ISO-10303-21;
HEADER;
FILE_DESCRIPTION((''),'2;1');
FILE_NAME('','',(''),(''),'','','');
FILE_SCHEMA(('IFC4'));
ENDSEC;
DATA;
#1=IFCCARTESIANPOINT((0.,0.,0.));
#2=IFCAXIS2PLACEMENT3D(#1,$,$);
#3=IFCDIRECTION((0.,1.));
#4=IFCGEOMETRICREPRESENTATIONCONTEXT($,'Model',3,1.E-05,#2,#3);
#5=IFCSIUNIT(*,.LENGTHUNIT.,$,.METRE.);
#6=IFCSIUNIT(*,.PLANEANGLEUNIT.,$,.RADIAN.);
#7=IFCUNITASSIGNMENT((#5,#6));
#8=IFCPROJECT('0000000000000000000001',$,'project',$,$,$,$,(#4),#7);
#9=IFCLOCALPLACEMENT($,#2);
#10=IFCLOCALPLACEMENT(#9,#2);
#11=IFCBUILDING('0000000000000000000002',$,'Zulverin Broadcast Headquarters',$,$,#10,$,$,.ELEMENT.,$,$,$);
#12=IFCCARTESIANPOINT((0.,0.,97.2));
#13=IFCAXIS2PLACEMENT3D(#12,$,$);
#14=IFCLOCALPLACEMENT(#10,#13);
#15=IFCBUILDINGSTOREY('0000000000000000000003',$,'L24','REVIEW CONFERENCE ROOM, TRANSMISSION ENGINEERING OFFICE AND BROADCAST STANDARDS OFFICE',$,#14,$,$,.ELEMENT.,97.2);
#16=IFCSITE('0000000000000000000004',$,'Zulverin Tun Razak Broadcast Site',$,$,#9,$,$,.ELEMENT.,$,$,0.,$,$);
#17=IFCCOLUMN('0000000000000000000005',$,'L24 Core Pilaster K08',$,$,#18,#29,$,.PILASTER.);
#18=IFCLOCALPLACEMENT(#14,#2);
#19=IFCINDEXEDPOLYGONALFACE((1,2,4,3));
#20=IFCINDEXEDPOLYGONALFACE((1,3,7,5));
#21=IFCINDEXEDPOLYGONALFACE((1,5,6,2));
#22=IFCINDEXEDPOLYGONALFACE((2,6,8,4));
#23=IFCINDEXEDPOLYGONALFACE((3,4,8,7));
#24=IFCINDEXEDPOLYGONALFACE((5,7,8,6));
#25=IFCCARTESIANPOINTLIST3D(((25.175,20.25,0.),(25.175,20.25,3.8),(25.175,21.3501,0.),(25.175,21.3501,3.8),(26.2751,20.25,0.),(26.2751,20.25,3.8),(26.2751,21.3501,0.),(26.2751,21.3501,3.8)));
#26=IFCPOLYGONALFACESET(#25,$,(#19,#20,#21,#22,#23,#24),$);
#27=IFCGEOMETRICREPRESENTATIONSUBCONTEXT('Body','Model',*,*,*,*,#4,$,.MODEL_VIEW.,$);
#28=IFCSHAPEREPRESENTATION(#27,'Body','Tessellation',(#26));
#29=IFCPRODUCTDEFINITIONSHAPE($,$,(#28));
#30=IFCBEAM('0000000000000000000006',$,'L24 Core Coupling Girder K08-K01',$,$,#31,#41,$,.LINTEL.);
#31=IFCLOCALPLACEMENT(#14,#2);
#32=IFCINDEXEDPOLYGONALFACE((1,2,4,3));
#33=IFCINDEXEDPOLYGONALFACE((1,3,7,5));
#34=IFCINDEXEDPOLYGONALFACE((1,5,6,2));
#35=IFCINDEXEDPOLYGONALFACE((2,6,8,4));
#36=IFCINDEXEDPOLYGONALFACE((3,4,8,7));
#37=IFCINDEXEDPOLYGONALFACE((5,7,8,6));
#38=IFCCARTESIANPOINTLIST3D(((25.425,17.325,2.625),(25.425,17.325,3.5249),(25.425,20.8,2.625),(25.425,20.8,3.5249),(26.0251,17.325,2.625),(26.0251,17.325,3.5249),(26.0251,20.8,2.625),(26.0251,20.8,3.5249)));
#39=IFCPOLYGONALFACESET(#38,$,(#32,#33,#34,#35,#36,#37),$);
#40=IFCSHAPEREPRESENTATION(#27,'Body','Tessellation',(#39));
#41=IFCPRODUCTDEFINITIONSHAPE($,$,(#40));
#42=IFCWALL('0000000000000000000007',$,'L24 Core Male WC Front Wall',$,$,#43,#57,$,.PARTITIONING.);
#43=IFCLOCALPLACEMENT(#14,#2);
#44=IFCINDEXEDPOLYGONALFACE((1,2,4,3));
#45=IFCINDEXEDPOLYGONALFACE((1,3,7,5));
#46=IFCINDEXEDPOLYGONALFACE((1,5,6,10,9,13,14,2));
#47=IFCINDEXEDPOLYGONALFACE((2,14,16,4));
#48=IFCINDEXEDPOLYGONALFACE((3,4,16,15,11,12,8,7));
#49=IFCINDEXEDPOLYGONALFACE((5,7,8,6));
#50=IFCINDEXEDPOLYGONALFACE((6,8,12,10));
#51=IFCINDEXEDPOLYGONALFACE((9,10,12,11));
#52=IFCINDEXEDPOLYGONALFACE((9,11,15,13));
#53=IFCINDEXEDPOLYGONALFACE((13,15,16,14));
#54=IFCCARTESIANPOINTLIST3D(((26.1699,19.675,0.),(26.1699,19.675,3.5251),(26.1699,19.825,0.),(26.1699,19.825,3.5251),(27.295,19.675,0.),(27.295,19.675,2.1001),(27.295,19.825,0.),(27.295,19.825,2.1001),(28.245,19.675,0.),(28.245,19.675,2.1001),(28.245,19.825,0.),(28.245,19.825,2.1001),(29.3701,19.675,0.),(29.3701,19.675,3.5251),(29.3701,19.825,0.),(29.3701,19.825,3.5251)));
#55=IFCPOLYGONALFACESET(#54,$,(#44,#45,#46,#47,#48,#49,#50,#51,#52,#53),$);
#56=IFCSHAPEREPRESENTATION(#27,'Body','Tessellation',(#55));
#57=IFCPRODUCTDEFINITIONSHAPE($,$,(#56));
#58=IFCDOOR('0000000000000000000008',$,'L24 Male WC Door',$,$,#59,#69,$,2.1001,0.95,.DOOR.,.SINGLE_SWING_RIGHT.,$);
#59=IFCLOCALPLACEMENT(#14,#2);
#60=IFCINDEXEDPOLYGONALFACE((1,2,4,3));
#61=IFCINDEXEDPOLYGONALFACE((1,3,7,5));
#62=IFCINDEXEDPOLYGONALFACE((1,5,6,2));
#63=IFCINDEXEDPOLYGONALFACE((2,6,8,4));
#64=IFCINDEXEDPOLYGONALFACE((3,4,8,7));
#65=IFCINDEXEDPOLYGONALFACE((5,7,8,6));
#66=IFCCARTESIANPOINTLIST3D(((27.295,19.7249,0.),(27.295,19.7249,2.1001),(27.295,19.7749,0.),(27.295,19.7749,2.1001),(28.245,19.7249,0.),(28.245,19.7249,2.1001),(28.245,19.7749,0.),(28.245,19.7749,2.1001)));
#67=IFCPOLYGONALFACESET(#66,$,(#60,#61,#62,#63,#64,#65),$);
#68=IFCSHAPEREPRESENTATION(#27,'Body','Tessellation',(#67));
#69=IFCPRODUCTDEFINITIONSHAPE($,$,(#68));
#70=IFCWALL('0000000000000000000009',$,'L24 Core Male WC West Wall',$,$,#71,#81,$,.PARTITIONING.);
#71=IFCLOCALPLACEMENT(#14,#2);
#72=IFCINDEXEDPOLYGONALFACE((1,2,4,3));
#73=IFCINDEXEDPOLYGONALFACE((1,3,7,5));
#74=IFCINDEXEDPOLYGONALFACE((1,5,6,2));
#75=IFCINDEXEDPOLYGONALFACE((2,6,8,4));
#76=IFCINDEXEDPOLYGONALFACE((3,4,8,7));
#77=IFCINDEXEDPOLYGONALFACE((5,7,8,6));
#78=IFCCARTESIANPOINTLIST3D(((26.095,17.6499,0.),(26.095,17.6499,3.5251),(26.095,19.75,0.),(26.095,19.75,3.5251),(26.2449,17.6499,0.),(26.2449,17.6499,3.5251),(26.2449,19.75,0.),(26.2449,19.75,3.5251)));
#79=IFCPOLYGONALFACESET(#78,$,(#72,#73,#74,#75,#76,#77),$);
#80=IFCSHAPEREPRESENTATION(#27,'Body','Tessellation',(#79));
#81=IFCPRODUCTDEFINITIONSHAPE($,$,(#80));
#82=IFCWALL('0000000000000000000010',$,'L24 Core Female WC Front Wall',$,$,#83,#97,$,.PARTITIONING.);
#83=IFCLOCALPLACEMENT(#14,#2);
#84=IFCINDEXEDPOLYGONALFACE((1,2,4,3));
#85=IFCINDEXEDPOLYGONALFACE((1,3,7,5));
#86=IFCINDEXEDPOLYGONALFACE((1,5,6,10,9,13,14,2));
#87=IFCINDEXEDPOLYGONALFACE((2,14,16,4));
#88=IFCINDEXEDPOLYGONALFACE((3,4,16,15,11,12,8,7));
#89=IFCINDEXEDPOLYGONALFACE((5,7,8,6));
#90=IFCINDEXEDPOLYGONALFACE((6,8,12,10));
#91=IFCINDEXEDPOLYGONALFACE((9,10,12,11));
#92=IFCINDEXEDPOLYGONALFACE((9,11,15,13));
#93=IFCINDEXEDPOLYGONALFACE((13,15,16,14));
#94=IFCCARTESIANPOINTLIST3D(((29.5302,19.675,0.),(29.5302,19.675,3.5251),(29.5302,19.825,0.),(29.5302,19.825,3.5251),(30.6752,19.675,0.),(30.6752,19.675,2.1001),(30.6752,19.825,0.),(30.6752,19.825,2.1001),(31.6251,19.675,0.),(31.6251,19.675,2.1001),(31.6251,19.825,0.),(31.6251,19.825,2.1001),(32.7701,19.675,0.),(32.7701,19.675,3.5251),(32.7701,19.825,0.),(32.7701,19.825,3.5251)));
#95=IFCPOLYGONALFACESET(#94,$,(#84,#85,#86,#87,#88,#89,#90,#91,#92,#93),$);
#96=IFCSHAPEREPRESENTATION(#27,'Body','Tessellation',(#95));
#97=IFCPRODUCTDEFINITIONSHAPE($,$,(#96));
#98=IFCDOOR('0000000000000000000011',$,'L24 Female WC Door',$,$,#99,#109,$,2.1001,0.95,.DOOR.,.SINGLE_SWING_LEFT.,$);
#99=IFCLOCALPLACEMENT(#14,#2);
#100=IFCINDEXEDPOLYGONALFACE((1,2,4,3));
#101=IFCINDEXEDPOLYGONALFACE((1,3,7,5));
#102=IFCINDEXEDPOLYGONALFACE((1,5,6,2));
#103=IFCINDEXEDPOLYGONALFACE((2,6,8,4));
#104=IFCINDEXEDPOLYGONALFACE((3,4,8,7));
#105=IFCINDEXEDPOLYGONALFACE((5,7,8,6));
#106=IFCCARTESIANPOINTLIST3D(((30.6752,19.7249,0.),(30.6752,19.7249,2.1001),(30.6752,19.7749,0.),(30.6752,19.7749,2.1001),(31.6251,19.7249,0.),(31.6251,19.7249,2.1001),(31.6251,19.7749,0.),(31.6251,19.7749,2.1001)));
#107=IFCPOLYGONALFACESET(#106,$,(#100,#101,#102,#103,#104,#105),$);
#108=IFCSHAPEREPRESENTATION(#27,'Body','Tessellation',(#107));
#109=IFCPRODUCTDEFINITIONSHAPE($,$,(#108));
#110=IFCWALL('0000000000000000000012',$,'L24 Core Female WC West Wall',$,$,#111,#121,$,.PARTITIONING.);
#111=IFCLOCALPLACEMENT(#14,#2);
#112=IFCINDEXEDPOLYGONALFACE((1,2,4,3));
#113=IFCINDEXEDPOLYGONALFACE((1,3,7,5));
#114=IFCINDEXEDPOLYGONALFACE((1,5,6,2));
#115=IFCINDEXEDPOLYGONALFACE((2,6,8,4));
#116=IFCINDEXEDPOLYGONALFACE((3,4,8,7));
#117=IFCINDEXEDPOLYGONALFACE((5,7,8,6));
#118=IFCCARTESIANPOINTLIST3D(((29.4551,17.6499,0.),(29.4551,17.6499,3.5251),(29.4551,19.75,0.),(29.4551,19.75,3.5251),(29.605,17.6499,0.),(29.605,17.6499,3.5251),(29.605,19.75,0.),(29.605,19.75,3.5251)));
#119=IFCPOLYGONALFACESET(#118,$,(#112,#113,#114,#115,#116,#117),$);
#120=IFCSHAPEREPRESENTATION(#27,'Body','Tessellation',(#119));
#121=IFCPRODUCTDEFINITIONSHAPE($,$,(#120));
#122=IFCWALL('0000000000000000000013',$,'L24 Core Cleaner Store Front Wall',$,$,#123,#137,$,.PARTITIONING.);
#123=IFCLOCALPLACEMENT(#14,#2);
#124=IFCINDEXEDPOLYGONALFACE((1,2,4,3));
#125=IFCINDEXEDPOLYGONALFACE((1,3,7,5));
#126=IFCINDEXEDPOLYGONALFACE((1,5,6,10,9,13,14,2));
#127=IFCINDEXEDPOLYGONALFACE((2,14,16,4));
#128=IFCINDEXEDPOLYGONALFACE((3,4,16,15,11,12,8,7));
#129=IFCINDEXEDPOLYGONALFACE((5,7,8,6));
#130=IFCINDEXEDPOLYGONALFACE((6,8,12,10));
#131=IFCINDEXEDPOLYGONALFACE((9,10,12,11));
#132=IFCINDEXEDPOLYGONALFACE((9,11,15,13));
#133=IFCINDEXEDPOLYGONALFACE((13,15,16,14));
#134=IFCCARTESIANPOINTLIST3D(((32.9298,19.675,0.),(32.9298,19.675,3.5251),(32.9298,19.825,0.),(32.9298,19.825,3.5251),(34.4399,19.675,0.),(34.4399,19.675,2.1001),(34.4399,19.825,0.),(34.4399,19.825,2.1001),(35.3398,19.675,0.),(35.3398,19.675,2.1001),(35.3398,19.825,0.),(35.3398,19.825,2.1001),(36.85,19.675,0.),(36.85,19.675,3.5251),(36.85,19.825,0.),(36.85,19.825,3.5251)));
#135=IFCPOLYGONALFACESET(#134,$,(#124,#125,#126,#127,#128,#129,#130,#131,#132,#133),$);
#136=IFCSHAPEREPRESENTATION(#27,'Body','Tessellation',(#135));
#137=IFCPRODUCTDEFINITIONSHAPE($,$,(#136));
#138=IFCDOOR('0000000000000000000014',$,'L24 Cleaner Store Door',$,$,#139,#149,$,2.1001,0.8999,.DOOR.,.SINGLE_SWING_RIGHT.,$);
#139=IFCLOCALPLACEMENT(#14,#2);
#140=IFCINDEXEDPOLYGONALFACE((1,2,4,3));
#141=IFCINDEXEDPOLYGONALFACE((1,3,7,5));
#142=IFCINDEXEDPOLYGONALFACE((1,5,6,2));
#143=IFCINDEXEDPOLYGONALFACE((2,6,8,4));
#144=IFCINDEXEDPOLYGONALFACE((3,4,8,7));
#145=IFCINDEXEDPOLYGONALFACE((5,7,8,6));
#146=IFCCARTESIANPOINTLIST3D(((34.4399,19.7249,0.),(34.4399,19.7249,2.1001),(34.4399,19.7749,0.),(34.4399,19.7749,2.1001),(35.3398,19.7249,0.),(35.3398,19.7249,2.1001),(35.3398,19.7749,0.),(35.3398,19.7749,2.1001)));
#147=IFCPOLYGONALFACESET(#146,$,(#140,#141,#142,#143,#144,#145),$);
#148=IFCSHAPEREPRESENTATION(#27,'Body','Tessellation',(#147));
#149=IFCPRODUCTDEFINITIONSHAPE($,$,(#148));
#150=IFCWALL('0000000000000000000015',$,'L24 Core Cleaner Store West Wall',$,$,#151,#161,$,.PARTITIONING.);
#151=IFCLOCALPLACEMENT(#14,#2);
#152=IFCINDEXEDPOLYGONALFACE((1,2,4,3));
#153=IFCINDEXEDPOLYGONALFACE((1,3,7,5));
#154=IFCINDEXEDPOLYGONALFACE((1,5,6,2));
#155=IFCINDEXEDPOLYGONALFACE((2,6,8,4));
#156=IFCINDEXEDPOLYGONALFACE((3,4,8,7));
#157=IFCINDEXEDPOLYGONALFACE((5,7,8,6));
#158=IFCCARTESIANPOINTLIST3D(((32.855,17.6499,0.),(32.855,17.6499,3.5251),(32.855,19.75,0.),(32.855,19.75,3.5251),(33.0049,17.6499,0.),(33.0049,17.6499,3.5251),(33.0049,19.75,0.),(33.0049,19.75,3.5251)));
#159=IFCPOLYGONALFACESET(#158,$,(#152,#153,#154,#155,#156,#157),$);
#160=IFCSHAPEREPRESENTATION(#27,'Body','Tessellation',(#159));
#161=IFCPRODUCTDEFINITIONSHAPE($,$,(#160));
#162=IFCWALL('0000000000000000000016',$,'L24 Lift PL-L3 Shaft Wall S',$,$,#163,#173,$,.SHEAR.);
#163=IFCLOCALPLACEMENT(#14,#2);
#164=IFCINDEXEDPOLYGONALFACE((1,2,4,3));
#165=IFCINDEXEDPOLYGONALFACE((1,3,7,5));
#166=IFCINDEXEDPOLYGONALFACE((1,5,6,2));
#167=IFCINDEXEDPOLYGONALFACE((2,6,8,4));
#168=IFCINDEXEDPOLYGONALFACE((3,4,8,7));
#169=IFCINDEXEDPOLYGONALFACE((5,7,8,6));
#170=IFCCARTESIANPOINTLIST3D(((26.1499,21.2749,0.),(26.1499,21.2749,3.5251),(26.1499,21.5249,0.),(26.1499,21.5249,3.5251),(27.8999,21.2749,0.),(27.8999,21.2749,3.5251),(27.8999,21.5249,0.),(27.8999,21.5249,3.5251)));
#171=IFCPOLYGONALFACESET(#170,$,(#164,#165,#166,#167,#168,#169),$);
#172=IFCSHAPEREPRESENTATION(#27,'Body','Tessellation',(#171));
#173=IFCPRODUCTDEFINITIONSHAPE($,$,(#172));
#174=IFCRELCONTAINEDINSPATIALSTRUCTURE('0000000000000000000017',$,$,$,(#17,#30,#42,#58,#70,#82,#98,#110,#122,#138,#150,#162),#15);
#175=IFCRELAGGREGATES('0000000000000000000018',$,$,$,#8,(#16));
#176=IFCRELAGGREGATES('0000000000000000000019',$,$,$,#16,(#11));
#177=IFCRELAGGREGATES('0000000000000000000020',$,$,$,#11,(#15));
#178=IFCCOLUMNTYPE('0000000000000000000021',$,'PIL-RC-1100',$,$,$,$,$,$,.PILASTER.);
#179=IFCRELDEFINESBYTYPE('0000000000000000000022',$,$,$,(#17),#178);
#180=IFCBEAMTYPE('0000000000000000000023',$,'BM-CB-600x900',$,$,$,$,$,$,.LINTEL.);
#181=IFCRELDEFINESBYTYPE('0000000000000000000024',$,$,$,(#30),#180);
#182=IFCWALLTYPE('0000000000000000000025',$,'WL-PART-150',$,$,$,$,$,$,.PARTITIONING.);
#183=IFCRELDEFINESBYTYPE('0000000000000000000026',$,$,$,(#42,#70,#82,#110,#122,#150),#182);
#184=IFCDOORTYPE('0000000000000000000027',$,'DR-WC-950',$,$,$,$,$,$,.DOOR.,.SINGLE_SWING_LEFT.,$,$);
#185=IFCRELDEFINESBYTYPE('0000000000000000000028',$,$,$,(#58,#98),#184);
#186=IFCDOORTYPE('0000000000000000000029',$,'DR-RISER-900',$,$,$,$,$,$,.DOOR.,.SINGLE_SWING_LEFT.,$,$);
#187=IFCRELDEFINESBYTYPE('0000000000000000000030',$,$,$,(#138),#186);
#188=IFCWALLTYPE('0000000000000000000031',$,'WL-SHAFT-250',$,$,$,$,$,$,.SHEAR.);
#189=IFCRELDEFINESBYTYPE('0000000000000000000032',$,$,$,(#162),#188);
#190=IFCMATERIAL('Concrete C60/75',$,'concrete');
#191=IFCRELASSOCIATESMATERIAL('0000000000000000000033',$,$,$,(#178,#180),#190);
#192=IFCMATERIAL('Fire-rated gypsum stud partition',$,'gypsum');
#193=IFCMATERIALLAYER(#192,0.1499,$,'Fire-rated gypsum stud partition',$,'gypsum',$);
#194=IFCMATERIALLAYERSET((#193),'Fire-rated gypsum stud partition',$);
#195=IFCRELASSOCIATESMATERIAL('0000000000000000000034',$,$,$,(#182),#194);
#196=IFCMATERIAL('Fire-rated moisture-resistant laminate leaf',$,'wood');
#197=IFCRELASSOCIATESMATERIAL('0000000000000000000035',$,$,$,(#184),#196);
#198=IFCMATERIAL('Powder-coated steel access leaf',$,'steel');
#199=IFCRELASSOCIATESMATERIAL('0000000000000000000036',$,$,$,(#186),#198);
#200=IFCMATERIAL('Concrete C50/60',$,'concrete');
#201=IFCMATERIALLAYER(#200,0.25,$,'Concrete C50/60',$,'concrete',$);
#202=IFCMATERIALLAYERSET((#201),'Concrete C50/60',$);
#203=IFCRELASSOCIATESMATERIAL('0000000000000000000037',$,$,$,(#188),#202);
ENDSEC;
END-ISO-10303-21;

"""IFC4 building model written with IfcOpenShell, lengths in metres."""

from ifc_helpers import new_model, si_unit, direction, frame, frame_2d, origin, origin_2d, place, context, subcontext, project, spatial, rectangle, extrude, material, layer, layer_set, material_profile, profile_set, type_object, element, fill, save


model = new_model("IFC4")

# Units and contexts
model_context = context("Model", 3, precision=1e-05, world=origin(), true_north=direction((0.0, 1.0)))
body_context = subcontext(model_context, "Body", "Model", "MODEL_VIEW")
ifc_project = project(units=[si_unit("LENGTHUNIT", "METRE"), si_unit("PLANEANGLEUNIT", "RADIAN")], contexts=[model_context])

# Site, building, storey
site_placement = place(None, origin())
site = spatial("IfcSite", under=ifc_project, at=site_placement, Name="Zulverin Tun Razak Broadcast Site", CompositionType="ELEMENT", RefElevation=0.0)
building_placement = place(site_placement, origin())
building = spatial("IfcBuilding", under=site, at=building_placement, Name="Zulverin Broadcast Headquarters", CompositionType="ELEMENT")
storey_placement = place(building_placement, frame((0.0, 0.0, 97.2)))
storey = spatial("IfcBuildingStorey", under=building, at=storey_placement, Name="L24", Description="REVIEW CONFERENCE ROOM, TRANSMISSION ENGINEERING OFFICE AND BROADCAST STANDARDS OFFICE", CompositionType="ELEMENT", Elevation=97.2)

# Column
ifc_material_1 = material(Name="Concrete C60/75", Category="concrete")
ifc_material_profile_1 = material_profile(ifc_material_1, rectangle(XDim=1.1001, YDim=1.1001, at=origin_2d()), Name="Concrete C60/75", Category="concrete")
ifc_profile_set_1 = profile_set([ifc_material_profile_1], Name="Concrete C60/75")
column_type = type_object("IfcColumnType", Name="PIL-RC-1100", PredefinedType="PILASTER", material=ifc_profile_set_1)
column_placement = place(storey_placement, frame((25.7251, 20.8, 0.0), z_axis=(0.0, 0.0, 1.0), x_axis=(1.0, 0.0, 0.0)))
element("IfcColumn", 1, at=column_placement, inside=storey, type_object=column_type, Name="L24 Core Pilaster K08", PredefinedType="PILASTER", context=body_context, shape_type="SweptSolid", body=[
    extrude(rectangle(XDim=1.1001, YDim=1.1001, at=origin_2d()), origin(), (0.0, 0.0, 1.0), 3.8),
])

# Beam
ifc_material_profile_2 = material_profile(ifc_material_1, rectangle(XDim=0.6001, YDim=0.8999, at=origin_2d()), Name="Concrete C60/75", Category="concrete")
ifc_profile_set_2 = profile_set([ifc_material_profile_2], Name="Concrete C60/75")
beam_type = type_object("IfcBeamType", Name="BM-CB-600x900", PredefinedType="LINTEL", material=ifc_profile_set_2)
beam_placement = place(storey_placement, frame((25.7251, 20.8, 3.075), z_axis=(0.0, -1.0, 0.0), x_axis=(1.0, 0.0, 0.0)))
element("IfcBeam", 2, at=beam_placement, inside=storey, type_object=beam_type, Name="L24 Core Coupling Girder K08-K01", PredefinedType="LINTEL", context=body_context, shape_type="SweptSolid", body=[
    extrude(rectangle(XDim=0.6001, YDim=0.8999, at=origin_2d()), origin(), (0.0, 0.0, 1.0), 3.4751),
])

# Wall, opening, door
ifc_material_2 = material(Name="Fire-rated gypsum stud partition", Category="gypsum")
ifc_layer_1 = layer(ifc_material_2, 0.1499, Name="Fire-rated gypsum stud partition", Category="gypsum")
ifc_layer_set_1 = layer_set([ifc_layer_1], Name="Fire-rated gypsum stud partition")
wall_type_1 = type_object("IfcWallType", Name="WL-PART-150", PredefinedType="PARTITIONING", material=ifc_layer_set_1)
wall_1_placement = place(storey_placement, frame((26.1699, 19.75, 0.0), z_axis=(0.0, 0.0, 1.0), x_axis=(1.0, 0.0, 0.0)))
wall_1 = element("IfcWall", 3, at=wall_1_placement, inside=storey, type_object=wall_type_1, Name="L24 Core Male WC Front Wall", PredefinedType="PARTITIONING", context=body_context, shape_type="SweptSolid", body=[
    extrude(rectangle(XDim=3.2002, YDim=0.1499, at=frame_2d((1.6001, 0.0))), origin(), (0.0, 0.0, 1.0), 3.5251),
])
opening_1_placement = place(wall_1_placement, frame((1.125, 0.0, 0.0)))
opening_1 = element("IfcOpeningElement", 4, at=opening_1_placement, cuts=wall_1, PredefinedType="OPENING", context=body_context, shape_type="SweptSolid", body=[
    extrude(rectangle(XDim=0.95, YDim=2.1001, at=frame_2d((0.4751, 1.05))), frame((0.0, 0.085, 0.0), z_axis=(0.0, -1.0, 0.0), x_axis=(1.0, 0.0, 0.0)), (0.0, 0.0, 1.0), 0.1699),
])
ifc_material_3 = material(Name="Fire-rated moisture-resistant laminate leaf", Category="wood")
door_type_1 = type_object("IfcDoorType", Name="DR-WC-950", OperationType="SINGLE_SWING_LEFT", PredefinedType="DOOR", material=ifc_material_3)
door_1_placement = place(opening_1_placement, origin())
door_1 = element("IfcDoor", 5, at=door_1_placement, inside=storey, type_object=door_type_1, Name="L24 Male WC Door", OperationType="SINGLE_SWING_RIGHT", OverallHeight=2.1001, OverallWidth=0.95, PredefinedType="DOOR", context=body_context, shape_type="SweptSolid", body=[
    extrude(rectangle(XDim=0.95, YDim=2.1001, at=frame_2d((0.4751, 1.05))), frame((0.0, 0.0249, 0.0), z_axis=(0.0, -1.0, 0.0), x_axis=(1.0, 0.0, 0.0)), (0.0, 0.0, 1.0), 0.05),
])
fill(opening_1, door_1)

# Wall
wall_2_placement = place(storey_placement, frame((26.1699, 17.6499, 0.0), z_axis=(0.0, 0.0, 1.0), x_axis=(0.0, 1.0, 0.0)))
element("IfcWall", 6, at=wall_2_placement, inside=storey, type_object=wall_type_1, Name="L24 Core Male WC West Wall", PredefinedType="PARTITIONING", context=body_context, shape_type="SweptSolid", body=[
    extrude(rectangle(XDim=2.1001, YDim=0.1499, at=frame_2d((1.05, 0.0))), origin(), (0.0, 0.0, 1.0), 3.5251),
])

# Wall, opening, door
wall_3_placement = place(storey_placement, frame((29.53, 19.75, 0.0), z_axis=(0.0, 0.0, 1.0), x_axis=(1.0, 0.0, 0.0)))
wall_3 = element("IfcWall", 7, at=wall_3_placement, inside=storey, type_object=wall_type_1, Name="L24 Core Female WC Front Wall", PredefinedType="PARTITIONING", context=body_context, shape_type="SweptSolid", body=[
    extrude(rectangle(XDim=3.24, YDim=0.1499, at=frame_2d((1.6201, 0.0))), origin(), (0.0, 0.0, 1.0), 3.5251),
])
opening_2_placement = place(wall_3_placement, frame((1.145, 0.0, 0.0)))
opening_2 = element("IfcOpeningElement", 8, at=opening_2_placement, cuts=wall_3, PredefinedType="OPENING", context=body_context, shape_type="SweptSolid", body=[
    extrude(rectangle(XDim=0.95, YDim=2.1001, at=frame_2d((0.4751, 1.05))), frame((0.0, 0.085, 0.0), z_axis=(0.0, -1.0, 0.0), x_axis=(1.0, 0.0, 0.0)), (0.0, 0.0, 1.0), 0.1699),
])
door_2_placement = place(opening_2_placement, origin())
door_2 = element("IfcDoor", 9, at=door_2_placement, inside=storey, type_object=door_type_1, Name="L24 Female WC Door", OperationType="SINGLE_SWING_LEFT", OverallHeight=2.1001, OverallWidth=0.95, PredefinedType="DOOR", context=body_context, shape_type="SweptSolid", body=[
    extrude(rectangle(XDim=0.95, YDim=2.1001, at=frame_2d((0.4751, 1.05))), frame((0.0, 0.0249, 0.0), z_axis=(0.0, -1.0, 0.0), x_axis=(1.0, 0.0, 0.0)), (0.0, 0.0, 1.0), 0.05),
])
fill(opening_2, door_2)

# Wall
wall_4_placement = place(storey_placement, frame((29.53, 17.6499, 0.0), z_axis=(0.0, 0.0, 1.0), x_axis=(0.0, 1.0, 0.0)))
element("IfcWall", 10, at=wall_4_placement, inside=storey, type_object=wall_type_1, Name="L24 Core Female WC West Wall", PredefinedType="PARTITIONING", context=body_context, shape_type="SweptSolid", body=[
    extrude(rectangle(XDim=2.1001, YDim=0.1499, at=frame_2d((1.05, 0.0))), origin(), (0.0, 0.0, 1.0), 3.5251),
])

# Wall, opening, door
wall_5_placement = place(storey_placement, frame((32.9299, 19.75, 0.0), z_axis=(0.0, 0.0, 1.0), x_axis=(1.0, 0.0, 0.0)))
wall_5 = element("IfcWall", 11, at=wall_5_placement, inside=storey, type_object=wall_type_1, Name="L24 Core Cleaner Store Front Wall", PredefinedType="PARTITIONING", context=body_context, shape_type="SweptSolid", body=[
    extrude(rectangle(XDim=3.9202, YDim=0.1499, at=frame_2d((1.96, 0.0))), origin(), (0.0, 0.0, 1.0), 3.5251),
])
opening_3_placement = place(wall_5_placement, frame((1.51, 0.0, 0.0)))
opening_3 = element("IfcOpeningElement", 12, at=opening_3_placement, cuts=wall_5, PredefinedType="OPENING", context=body_context, shape_type="SweptSolid", body=[
    extrude(rectangle(XDim=0.8999, YDim=2.1001, at=frame_2d((0.45, 1.05))), frame((0.0, 0.085, 0.0), z_axis=(0.0, -1.0, 0.0), x_axis=(1.0, 0.0, 0.0)), (0.0, 0.0, 1.0), 0.1699),
])
ifc_material_4 = material(Name="Powder-coated steel access leaf", Category="steel")
door_type_2 = type_object("IfcDoorType", Name="DR-RISER-900", OperationType="SINGLE_SWING_LEFT", PredefinedType="DOOR", material=ifc_material_4)
door_3_placement = place(opening_3_placement, origin())
door_3 = element("IfcDoor", 13, at=door_3_placement, inside=storey, type_object=door_type_2, Name="L24 Cleaner Store Door", OperationType="SINGLE_SWING_RIGHT", OverallHeight=2.1001, OverallWidth=0.8999, PredefinedType="DOOR", context=body_context, shape_type="SweptSolid", body=[
    extrude(rectangle(XDim=0.8999, YDim=2.1001, at=frame_2d((0.45, 1.05))), frame((0.0, 0.0249, 0.0), z_axis=(0.0, -1.0, 0.0), x_axis=(1.0, 0.0, 0.0)), (0.0, 0.0, 1.0), 0.05),
])
fill(opening_3, door_3)

# Walls
wall_6_placement = place(storey_placement, frame((32.9299, 17.6499, 0.0), z_axis=(0.0, 0.0, 1.0), x_axis=(0.0, 1.0, 0.0)))
element("IfcWall", 14, at=wall_6_placement, inside=storey, type_object=wall_type_1, Name="L24 Core Cleaner Store West Wall", PredefinedType="PARTITIONING", context=body_context, shape_type="SweptSolid", body=[
    extrude(rectangle(XDim=2.1001, YDim=0.1499, at=frame_2d((1.05, 0.0))), origin(), (0.0, 0.0, 1.0), 3.5251),
])
ifc_material_5 = material(Name="Concrete C50/60", Category="concrete")
ifc_layer_2 = layer(ifc_material_5, 0.25, Name="Concrete C50/60", Category="concrete")
ifc_layer_set_2 = layer_set([ifc_layer_2], Name="Concrete C50/60")
wall_type_2 = type_object("IfcWallType", Name="WL-SHAFT-250", PredefinedType="SHEAR", material=ifc_layer_set_2)
wall_7_placement = place(storey_placement, frame((26.1499, 21.3999, 0.0), z_axis=(0.0, 0.0, 1.0), x_axis=(1.0, 0.0, 0.0)))
element("IfcWall", 15, at=wall_7_placement, inside=storey, type_object=wall_type_2, Name="L24 Lift PL-L3 Shaft Wall S", PredefinedType="SHEAR", context=body_context, shape_type="SweptSolid", body=[
    extrude(rectangle(XDim=1.75, YDim=0.25, at=frame_2d((0.875, 0.0))), origin(), (0.0, 0.0, 1.0), 3.5251),
])

save(model, "model.ifc")
